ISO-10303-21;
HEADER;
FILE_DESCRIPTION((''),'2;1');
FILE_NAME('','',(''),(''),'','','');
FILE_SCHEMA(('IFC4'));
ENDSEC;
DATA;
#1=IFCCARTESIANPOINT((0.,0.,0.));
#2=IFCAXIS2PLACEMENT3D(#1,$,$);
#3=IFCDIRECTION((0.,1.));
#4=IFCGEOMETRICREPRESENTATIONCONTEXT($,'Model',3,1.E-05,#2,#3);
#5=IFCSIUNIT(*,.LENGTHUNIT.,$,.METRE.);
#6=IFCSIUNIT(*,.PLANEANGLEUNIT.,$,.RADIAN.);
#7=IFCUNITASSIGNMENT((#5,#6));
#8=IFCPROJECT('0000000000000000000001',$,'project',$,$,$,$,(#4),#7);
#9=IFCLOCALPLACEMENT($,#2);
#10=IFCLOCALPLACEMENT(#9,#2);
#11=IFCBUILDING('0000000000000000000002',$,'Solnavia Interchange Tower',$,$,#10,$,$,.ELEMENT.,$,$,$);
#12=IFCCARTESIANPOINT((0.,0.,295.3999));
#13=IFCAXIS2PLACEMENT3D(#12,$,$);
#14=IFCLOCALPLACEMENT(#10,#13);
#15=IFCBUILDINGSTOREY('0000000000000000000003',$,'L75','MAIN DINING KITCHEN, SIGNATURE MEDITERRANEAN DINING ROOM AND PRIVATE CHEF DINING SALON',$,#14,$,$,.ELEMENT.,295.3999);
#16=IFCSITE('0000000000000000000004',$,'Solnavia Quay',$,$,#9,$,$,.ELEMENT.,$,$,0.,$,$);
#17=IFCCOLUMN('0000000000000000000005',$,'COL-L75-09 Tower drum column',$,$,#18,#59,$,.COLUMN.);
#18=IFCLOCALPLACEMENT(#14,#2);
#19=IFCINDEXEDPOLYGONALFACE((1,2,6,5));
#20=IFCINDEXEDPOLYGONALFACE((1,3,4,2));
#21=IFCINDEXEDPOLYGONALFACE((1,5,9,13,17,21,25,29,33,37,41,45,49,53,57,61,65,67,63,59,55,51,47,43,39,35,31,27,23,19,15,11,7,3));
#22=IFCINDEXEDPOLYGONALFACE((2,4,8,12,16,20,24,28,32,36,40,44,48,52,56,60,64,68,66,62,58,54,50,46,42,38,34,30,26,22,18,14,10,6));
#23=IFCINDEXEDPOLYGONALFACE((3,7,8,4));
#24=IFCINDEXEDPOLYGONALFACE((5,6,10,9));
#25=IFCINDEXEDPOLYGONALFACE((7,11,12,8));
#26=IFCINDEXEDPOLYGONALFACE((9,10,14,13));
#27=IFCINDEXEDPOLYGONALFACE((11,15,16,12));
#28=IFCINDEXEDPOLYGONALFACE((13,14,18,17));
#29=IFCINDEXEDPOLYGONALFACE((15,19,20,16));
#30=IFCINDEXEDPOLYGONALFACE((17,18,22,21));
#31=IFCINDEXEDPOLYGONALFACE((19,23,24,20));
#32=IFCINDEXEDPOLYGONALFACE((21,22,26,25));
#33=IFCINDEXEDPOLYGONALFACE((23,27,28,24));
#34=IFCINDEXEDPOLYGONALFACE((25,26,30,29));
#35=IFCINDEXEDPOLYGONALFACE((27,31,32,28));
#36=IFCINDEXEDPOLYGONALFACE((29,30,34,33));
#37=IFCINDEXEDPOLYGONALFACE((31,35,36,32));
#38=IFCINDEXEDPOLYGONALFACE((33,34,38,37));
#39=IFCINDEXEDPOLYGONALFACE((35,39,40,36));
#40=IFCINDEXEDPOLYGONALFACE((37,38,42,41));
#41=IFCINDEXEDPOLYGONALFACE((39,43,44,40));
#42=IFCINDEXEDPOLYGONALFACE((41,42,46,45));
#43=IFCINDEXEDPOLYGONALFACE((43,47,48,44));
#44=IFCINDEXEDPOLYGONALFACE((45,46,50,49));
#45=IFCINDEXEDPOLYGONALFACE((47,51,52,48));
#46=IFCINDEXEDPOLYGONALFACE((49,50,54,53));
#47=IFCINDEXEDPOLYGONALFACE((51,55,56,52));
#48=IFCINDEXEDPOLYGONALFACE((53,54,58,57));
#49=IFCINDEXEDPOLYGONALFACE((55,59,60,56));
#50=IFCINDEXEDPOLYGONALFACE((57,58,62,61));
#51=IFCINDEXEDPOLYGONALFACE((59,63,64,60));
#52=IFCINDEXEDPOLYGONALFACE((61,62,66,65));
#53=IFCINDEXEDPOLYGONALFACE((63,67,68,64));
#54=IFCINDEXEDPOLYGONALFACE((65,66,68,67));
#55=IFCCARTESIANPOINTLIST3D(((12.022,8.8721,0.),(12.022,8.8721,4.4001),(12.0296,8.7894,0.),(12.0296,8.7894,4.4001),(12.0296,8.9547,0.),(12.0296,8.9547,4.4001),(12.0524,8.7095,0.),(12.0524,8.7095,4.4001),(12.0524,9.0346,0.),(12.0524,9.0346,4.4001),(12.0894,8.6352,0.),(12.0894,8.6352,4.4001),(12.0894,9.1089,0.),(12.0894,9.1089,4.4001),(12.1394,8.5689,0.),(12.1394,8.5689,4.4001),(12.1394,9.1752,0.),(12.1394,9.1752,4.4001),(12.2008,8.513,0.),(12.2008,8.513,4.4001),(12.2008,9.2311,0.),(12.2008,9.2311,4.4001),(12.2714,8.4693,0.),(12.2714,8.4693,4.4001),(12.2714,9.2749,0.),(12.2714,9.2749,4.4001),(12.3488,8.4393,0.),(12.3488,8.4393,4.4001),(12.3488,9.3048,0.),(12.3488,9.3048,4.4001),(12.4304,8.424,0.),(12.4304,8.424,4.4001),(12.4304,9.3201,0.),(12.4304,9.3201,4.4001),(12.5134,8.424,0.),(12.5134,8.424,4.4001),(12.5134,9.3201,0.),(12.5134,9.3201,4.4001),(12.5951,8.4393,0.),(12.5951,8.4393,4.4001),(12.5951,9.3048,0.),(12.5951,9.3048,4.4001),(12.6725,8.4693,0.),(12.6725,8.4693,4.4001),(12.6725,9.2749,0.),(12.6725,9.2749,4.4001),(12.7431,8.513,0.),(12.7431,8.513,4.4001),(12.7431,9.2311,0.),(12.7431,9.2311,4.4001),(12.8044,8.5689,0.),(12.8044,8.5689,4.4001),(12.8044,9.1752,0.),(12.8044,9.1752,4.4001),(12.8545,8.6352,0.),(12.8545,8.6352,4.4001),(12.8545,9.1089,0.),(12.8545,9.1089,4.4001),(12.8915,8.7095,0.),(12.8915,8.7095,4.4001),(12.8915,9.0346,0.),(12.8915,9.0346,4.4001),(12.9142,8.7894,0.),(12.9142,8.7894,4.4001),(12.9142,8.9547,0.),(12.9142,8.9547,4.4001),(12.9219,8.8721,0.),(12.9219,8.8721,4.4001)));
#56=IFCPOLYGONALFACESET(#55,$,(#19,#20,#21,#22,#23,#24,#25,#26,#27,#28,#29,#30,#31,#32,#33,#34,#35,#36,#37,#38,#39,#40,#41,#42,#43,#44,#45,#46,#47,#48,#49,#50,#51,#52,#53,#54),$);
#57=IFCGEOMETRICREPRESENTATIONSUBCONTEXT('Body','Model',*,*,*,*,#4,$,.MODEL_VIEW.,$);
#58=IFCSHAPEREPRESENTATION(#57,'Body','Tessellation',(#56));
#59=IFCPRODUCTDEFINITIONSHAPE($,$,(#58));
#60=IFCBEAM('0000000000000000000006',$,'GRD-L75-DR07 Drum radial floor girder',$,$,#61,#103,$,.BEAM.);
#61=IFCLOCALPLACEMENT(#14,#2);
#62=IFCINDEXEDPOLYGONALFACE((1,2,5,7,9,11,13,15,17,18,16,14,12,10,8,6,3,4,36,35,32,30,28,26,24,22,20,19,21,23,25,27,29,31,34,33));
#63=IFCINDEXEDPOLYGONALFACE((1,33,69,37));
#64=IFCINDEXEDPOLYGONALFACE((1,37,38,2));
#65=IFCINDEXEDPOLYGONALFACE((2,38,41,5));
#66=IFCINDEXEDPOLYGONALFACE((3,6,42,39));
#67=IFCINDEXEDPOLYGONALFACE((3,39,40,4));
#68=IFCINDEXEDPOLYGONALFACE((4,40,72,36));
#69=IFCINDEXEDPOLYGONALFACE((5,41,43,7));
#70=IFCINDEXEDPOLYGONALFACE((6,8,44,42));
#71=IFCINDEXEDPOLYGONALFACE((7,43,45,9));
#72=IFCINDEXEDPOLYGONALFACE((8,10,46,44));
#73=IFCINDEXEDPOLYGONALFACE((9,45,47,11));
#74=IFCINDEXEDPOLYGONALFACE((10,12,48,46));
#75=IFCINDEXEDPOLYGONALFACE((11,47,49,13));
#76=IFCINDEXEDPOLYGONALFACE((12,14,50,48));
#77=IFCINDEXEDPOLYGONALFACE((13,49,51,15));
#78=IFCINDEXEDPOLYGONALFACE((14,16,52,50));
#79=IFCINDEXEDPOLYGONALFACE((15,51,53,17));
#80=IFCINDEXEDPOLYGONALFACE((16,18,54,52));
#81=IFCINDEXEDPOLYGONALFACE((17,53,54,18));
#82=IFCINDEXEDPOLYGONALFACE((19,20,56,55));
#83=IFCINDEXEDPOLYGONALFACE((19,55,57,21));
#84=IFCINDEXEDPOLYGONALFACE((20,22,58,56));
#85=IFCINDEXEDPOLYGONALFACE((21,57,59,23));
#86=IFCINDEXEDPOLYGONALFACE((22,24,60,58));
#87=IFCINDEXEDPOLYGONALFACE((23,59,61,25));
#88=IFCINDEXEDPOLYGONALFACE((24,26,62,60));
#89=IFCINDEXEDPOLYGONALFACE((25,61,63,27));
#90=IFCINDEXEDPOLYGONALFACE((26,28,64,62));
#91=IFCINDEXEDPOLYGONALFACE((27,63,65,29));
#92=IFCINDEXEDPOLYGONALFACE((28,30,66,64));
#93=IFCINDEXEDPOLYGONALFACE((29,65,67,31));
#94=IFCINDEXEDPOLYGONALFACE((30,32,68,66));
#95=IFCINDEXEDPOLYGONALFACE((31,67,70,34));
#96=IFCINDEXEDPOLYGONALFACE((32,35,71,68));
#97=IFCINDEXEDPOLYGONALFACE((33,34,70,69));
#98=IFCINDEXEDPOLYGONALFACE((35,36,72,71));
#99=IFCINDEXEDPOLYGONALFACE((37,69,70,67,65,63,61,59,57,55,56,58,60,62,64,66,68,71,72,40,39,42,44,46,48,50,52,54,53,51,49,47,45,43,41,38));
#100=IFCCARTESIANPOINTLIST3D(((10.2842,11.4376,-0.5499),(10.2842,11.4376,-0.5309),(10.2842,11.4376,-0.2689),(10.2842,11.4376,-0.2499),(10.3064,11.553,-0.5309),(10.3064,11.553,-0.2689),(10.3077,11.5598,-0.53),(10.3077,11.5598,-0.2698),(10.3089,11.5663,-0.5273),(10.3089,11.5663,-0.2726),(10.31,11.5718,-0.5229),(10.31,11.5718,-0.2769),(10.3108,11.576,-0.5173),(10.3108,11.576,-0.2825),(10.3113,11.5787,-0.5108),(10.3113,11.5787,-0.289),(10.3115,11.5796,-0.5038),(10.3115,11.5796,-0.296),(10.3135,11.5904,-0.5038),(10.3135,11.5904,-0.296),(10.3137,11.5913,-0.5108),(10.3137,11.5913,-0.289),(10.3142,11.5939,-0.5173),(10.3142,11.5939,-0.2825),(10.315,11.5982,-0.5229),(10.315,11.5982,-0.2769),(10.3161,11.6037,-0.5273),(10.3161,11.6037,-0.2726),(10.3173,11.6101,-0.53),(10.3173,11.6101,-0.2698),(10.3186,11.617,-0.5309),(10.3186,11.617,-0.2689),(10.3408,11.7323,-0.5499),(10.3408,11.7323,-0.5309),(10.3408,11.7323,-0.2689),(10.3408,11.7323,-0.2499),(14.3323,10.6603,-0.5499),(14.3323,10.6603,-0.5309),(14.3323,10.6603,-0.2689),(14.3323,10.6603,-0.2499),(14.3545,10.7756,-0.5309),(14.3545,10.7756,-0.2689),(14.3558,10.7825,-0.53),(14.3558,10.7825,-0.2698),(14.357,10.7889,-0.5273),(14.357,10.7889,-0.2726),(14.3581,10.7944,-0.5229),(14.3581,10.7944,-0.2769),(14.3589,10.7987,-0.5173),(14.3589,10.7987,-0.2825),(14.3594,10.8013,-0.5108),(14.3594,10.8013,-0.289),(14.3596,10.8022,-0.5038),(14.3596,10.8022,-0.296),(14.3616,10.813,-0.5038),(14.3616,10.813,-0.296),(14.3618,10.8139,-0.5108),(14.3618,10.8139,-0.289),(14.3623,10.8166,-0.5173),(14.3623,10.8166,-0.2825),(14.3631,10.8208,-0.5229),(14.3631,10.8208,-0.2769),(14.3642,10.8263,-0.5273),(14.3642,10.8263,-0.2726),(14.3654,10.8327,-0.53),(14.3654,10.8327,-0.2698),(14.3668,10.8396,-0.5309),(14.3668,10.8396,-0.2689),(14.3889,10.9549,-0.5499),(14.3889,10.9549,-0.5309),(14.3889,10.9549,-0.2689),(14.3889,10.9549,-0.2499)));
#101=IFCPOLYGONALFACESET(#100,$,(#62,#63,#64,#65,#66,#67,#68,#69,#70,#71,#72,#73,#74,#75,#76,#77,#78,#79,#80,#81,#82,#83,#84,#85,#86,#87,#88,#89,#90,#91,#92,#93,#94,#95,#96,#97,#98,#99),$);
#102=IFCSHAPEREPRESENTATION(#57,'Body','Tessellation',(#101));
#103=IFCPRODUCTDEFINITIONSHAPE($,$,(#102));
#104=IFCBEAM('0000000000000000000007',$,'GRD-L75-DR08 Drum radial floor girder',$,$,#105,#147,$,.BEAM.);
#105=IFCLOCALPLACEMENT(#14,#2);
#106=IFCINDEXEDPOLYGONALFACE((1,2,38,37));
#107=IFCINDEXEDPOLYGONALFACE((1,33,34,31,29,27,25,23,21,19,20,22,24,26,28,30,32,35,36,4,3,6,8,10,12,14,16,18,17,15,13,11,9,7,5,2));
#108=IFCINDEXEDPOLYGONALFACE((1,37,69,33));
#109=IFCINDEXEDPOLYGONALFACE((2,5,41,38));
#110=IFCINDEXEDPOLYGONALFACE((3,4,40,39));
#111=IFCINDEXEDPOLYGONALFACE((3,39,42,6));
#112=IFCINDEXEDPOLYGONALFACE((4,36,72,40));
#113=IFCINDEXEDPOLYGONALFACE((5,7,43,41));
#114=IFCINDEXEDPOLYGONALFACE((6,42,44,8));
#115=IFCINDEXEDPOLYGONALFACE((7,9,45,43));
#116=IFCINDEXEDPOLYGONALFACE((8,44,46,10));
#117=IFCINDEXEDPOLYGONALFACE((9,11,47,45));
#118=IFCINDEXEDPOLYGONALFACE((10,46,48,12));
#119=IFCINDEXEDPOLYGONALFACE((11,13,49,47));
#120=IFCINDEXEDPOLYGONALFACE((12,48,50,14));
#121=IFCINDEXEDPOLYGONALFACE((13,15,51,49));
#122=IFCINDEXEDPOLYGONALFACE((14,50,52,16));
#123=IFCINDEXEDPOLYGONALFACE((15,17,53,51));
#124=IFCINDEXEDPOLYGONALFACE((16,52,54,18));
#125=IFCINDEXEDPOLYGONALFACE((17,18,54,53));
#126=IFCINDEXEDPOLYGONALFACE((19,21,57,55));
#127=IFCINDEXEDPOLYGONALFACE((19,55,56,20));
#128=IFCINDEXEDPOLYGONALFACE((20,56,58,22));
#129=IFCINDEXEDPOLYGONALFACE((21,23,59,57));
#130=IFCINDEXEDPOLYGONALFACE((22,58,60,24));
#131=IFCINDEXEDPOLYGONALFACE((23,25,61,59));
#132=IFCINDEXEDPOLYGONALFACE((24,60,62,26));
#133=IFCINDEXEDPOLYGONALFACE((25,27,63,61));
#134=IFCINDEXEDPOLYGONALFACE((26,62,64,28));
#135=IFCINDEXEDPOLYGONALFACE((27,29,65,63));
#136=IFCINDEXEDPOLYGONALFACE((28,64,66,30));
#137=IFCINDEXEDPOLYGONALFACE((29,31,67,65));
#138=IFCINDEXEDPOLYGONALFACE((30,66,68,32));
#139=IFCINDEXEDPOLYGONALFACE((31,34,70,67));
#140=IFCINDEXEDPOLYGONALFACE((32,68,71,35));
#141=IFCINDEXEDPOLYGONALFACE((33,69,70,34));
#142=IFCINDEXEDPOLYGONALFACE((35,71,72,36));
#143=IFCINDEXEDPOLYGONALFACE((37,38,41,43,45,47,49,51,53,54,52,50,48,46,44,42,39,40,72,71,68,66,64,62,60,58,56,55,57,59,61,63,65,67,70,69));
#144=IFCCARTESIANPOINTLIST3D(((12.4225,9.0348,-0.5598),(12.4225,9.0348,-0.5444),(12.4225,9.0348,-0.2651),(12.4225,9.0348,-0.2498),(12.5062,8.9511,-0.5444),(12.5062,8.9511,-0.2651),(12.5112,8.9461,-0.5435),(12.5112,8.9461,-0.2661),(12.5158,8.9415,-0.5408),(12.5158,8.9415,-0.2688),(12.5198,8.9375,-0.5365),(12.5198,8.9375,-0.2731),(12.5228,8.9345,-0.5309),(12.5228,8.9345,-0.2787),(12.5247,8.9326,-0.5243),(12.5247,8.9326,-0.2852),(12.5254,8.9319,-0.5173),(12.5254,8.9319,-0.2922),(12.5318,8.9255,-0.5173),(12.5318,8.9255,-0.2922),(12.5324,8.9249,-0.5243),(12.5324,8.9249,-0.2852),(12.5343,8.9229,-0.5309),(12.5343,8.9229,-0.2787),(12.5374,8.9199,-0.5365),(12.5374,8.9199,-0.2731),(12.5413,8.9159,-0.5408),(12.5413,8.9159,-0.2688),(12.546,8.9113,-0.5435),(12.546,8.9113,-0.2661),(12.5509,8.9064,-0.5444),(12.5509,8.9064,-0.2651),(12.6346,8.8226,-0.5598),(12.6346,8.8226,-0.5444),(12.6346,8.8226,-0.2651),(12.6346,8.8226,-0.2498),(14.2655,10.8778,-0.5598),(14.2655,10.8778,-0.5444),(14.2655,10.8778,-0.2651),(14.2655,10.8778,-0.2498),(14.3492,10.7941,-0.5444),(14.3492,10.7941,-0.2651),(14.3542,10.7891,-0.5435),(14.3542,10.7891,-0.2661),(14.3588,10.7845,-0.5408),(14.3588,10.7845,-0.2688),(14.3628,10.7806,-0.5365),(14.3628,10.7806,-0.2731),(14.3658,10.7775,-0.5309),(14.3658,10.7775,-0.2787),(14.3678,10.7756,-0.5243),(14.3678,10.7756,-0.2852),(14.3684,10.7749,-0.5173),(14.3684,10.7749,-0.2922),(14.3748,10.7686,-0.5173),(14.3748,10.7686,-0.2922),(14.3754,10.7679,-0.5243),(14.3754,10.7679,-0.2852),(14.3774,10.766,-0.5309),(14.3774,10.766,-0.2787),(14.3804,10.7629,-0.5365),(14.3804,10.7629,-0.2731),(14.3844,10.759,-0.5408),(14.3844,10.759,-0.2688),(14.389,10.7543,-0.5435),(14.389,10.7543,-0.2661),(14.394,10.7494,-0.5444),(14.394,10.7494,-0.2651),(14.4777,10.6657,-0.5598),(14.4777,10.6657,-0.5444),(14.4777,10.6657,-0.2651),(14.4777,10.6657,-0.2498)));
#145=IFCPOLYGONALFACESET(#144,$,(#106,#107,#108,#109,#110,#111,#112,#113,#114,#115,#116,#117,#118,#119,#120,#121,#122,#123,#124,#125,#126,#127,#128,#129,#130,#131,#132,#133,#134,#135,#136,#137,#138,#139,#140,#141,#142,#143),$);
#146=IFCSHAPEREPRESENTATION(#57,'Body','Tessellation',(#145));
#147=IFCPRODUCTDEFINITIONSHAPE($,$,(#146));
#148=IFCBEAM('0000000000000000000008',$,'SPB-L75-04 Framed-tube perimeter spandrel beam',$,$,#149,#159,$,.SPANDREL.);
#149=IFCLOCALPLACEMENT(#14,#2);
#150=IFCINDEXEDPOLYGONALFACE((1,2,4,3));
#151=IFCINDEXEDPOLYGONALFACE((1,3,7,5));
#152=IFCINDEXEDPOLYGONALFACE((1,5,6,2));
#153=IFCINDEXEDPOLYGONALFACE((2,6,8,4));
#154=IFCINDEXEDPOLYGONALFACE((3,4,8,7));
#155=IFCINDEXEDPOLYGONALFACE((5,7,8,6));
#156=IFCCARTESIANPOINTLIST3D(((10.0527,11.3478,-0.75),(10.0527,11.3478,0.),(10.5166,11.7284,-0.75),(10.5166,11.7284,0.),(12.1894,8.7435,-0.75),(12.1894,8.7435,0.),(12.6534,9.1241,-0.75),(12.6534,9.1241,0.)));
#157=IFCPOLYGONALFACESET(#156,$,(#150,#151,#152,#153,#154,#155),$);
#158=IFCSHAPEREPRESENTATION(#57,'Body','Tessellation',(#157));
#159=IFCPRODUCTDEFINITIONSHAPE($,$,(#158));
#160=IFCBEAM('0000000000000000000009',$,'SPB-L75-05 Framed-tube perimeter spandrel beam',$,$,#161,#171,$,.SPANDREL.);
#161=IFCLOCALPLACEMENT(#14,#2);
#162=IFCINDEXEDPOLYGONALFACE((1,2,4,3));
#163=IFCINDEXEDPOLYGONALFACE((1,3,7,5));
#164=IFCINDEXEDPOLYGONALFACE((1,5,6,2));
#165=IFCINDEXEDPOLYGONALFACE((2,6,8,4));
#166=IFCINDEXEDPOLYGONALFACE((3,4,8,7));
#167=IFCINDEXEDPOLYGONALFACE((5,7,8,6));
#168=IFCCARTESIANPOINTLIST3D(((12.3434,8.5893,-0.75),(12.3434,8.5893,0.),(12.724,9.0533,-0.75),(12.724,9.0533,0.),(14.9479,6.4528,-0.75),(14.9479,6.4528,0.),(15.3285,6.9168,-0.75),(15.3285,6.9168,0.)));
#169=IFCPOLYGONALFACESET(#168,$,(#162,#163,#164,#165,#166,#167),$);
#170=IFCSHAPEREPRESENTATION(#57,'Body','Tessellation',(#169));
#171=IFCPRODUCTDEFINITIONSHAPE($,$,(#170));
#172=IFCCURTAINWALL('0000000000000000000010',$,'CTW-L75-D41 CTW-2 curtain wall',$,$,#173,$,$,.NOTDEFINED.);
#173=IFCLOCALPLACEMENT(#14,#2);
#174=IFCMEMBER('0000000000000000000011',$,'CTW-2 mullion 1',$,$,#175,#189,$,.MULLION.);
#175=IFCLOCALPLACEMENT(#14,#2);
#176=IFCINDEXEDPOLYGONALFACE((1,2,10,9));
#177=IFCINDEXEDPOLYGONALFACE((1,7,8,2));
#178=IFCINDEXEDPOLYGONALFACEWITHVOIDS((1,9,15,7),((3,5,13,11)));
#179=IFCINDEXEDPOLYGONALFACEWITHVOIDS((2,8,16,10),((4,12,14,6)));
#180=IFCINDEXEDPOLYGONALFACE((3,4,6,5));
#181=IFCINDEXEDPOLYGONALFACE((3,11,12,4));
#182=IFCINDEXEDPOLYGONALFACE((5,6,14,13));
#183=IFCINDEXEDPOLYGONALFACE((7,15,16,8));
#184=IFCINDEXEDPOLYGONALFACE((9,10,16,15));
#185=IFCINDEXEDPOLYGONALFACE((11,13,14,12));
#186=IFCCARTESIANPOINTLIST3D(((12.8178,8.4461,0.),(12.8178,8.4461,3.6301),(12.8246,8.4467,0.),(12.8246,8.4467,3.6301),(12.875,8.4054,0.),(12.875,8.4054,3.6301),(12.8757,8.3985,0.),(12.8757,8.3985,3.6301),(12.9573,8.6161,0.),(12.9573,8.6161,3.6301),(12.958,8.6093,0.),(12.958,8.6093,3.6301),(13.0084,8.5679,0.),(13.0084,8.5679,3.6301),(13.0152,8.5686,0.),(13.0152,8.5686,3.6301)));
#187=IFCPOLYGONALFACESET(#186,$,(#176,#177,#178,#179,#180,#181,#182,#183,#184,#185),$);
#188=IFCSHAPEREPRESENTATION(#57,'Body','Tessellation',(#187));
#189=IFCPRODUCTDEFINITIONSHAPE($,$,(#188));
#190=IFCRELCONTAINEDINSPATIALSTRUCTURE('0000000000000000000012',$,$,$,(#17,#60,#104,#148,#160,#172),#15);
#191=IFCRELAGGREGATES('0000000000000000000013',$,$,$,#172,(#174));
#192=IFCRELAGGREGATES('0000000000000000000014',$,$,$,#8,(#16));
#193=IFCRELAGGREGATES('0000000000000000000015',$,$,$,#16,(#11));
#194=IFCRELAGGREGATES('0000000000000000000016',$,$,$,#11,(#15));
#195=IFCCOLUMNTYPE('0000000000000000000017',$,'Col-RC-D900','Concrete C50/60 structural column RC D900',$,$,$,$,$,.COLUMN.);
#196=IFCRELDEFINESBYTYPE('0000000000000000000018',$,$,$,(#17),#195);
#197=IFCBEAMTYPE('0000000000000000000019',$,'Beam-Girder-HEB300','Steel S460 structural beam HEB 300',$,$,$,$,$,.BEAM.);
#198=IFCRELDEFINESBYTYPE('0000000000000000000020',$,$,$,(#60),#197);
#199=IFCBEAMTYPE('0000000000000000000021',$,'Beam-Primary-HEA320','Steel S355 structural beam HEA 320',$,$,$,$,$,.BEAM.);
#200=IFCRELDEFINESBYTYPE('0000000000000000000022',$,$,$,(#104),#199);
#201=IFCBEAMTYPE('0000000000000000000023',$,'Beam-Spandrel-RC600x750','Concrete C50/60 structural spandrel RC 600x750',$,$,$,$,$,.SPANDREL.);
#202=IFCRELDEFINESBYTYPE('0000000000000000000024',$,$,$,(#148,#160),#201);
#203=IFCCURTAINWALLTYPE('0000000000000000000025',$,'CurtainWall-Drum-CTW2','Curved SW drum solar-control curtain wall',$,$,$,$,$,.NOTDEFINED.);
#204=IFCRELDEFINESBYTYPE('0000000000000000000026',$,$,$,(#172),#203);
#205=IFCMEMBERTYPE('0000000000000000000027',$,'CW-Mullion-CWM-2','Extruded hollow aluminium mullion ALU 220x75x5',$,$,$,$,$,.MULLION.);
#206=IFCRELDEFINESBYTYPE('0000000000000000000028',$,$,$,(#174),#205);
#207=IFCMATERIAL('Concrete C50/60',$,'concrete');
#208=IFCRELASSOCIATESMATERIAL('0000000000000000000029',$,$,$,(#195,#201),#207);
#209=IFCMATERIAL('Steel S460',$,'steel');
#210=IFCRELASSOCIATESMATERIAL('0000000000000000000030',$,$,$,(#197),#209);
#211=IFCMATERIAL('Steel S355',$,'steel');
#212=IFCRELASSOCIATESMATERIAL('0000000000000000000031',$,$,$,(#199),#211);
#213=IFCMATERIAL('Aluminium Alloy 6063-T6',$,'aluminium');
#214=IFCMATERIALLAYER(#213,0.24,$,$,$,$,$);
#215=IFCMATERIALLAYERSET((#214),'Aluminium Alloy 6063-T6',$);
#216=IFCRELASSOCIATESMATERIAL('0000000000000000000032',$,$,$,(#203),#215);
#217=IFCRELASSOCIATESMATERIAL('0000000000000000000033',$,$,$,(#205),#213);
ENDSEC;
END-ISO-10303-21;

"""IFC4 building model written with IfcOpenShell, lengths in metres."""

from ifc_helpers import new_model, si_unit, direction, frame, origin, origin_2d, place, context, subcontext, project, spatial, rectangle, hollow_rectangle, circle, i_section, extrude, material, layer, layer_set, material_profile, profile_set, type_object, element, aggregate, save


model = new_model("IFC4")

# Units and contexts
model_context = context("Model", 3, precision=1e-05, world=origin(), true_north=direction((0.0, 1.0)))
body_context = subcontext(model_context, "Body", "Model", "MODEL_VIEW")
ifc_project = project(units=[si_unit("LENGTHUNIT", "METRE"), si_unit("PLANEANGLEUNIT", "RADIAN")], contexts=[model_context])

# Site, building, storey
site_placement = place(None, origin())
site = spatial("IfcSite", under=ifc_project, at=site_placement, Name="Solnavia Quay", CompositionType="ELEMENT", RefElevation=0.0)
building_placement = place(site_placement, origin())
building = spatial("IfcBuilding", under=site, at=building_placement, Name="Solnavia Interchange Tower", CompositionType="ELEMENT")
storey_placement = place(building_placement, frame((0.0, 0.0, 295.3999)))
storey = spatial("IfcBuildingStorey", under=building, at=storey_placement, Name="L75", Description="MAIN DINING KITCHEN, SIGNATURE MEDITERRANEAN DINING ROOM AND PRIVATE CHEF DINING SALON", CompositionType="ELEMENT", Elevation=295.3999)

# Column
ifc_material_1 = material(Name="Concrete C50/60", Category="concrete")
ifc_material_profile_1 = material_profile(ifc_material_1, circle(Radius=0.45, at=origin_2d()), Name="RC D900")
ifc_profile_set_1 = profile_set([ifc_material_profile_1], Name="Concrete C50/60")
column_type = type_object("IfcColumnType", Name="Col-RC-D900", Description="Concrete C50/60 structural column RC D900", PredefinedType="COLUMN", material=ifc_profile_set_1)
column_placement = place(storey_placement, frame((12.4719, 8.8721, 0.0), z_axis=(0.0, 0.0, 1.0), x_axis=(1.0, 0.0, 0.0)))
element("IfcColumn", 1, at=column_placement, inside=storey, type_object=column_type, Name="COL-L75-09 Tower drum column", PredefinedType="COLUMN", context=body_context, shape_type="SweptSolid", body=[
    extrude(circle(Radius=0.45, at=origin_2d()), origin(), (0.0, 0.0, 1.0), 4.4001),
])

# Beams
ifc_material_2 = material(Name="Steel S460", Category="steel")
ifc_material_profile_2 = material_profile(ifc_material_2, i_section(OverallWidth=0.3, OverallDepth=0.3, WebThickness=0.011, FlangeThickness=0.019, FilletRadius=0.0271, at=origin_2d()), Name="HEB 300")
ifc_profile_set_2 = profile_set([ifc_material_profile_2], Name="Steel S460")
beam_type_1 = type_object("IfcBeamType", Name="Beam-Girder-HEB300", Description="Steel S460 structural beam HEB 300", PredefinedType="BEAM", material=ifc_profile_set_2)
beam_1_placement = place(storey_placement, frame((10.3125, 11.585, -0.3999), z_axis=(0.982058, -0.188582, 0.0), x_axis=(0.188582, 0.982058, 0.0)))
element("IfcBeam", 2, at=beam_1_placement, inside=storey, type_object=beam_type_1, Name="GRD-L75-DR07 Drum radial floor girder", PredefinedType="BEAM", context=body_context, shape_type="SweptSolid", body=[
    extrude(i_section(OverallWidth=0.3, OverallDepth=0.3, WebThickness=0.011, FlangeThickness=0.019, FilletRadius=0.0271, at=origin_2d()), origin(), (0.0, 0.0, 1.0), 4.1221),
])
ifc_material_3 = material(Name="Steel S355", Category="steel")
ifc_material_profile_3 = material_profile(ifc_material_3, i_section(OverallWidth=0.3, OverallDepth=0.3101, WebThickness=0.009, FlangeThickness=0.0154, FilletRadius=0.0271, at=origin_2d()), Name="HEA 320")
ifc_profile_set_3 = profile_set([ifc_material_profile_3], Name="Steel S355")
beam_type_2 = type_object("IfcBeamType", Name="Beam-Primary-HEA320", Description="Steel S355 structural beam HEA 320", PredefinedType="BEAM", material=ifc_profile_set_3)
beam_2_placement = place(storey_placement, frame((12.5286, 8.9287, -0.4048), z_axis=(0.707107, 0.707107, 0.0), x_axis=(-0.707107, 0.707107, 0.0)))
element("IfcBeam", 3, at=beam_2_placement, inside=storey, type_object=beam_type_2, Name="GRD-L75-DR08 Drum radial floor girder", PredefinedType="BEAM", context=body_context, shape_type="SweptSolid", body=[
    extrude(i_section(OverallWidth=0.3, OverallDepth=0.3101, WebThickness=0.009, FlangeThickness=0.0154, FilletRadius=0.0271, at=origin_2d()), origin(), (0.0, 0.0, 1.0), 2.6064),
])
ifc_material_profile_4 = material_profile(ifc_material_1, rectangle(XDim=0.6001, YDim=0.75, at=origin_2d()), Name="RC 600x750")
ifc_profile_set_4 = profile_set([ifc_material_profile_4], Name="Concrete C50/60")
beam_type_3 = type_object("IfcBeamType", Name="Beam-Spandrel-RC600x750", Description="Concrete C50/60 structural spandrel RC 600x750", PredefinedType="SPANDREL", material=ifc_profile_set_4)
for number, where, z_axis, x_axis, name in (
    (4, (10.2847, 11.5381, -0.375), (0.634299, -0.773088, 0.0), (0.773088, 0.634299, 0.0), "SPB-L75-04 Framed-tube perimeter spandrel beam"),
    (5, (12.5337, 8.8213, -0.375), (0.773153, -0.63422, 0.0), (0.63422, 0.773153, 0.0), "SPB-L75-05 Framed-tube perimeter spandrel beam"),
):
    element("IfcBeam", number, at=place(storey_placement, frame(where, z_axis=z_axis, x_axis=x_axis)), inside=storey, type_object=beam_type_3, Name=name, PredefinedType="SPANDREL", context=body_context, shape_type="SweptSolid", body=[
        extrude(rectangle(XDim=0.6001, YDim=0.75, at=origin_2d()), origin(), (0.0, 0.0, 1.0), 3.3687),
    ])

# Curtain wall, member
ifc_material_4 = material(Name="Aluminium Alloy 6063-T6", Category="aluminium")
ifc_layer_1 = layer(ifc_material_4, 0.24)
ifc_layer_set_1 = layer_set([ifc_layer_1], Name="Aluminium Alloy 6063-T6")
curtain_wall_type_1 = type_object("IfcCurtainWallType", Name="CurtainWall-Drum-CTW2", Description="Curved SW drum solar-control curtain wall", PredefinedType="NOTDEFINED", material=ifc_layer_set_1)
curtain_wall_1_placement = place(storey_placement, origin())
curtain_wall_1 = element("IfcCurtainWall", 6, at=curtain_wall_1_placement, inside=storey, type_object=curtain_wall_type_1, Name="CTW-L75-D41 CTW-2 curtain wall", PredefinedType="NOTDEFINED")
ifc_material_profile_5 = material_profile(ifc_material_4, hollow_rectangle(XDim=0.075, YDim=0.22, WallThickness=0.0049, at=origin_2d()), Name="ALU 220x75x5")
ifc_profile_set_5 = profile_set([ifc_material_profile_5], Name="Aluminium Alloy 6063-T6")
member_type_1 = type_object("IfcMemberType", Name="CW-Mullion-CWM-2", Description="Extruded hollow aluminium mullion ALU 220x75x5", PredefinedType="MULLION", material=ifc_profile_set_5)
member_1_placement = place(storey_placement, frame((12.9165, 8.5073, 0.0), z_axis=(0.0, 0.0, 1.0), x_axis=(0.773103, -0.63428, 0.0)))
member_1 = element("IfcMember", 7, at=member_1_placement, type_object=member_type_1, Name="CTW-2 mullion 1", PredefinedType="MULLION", context=body_context, shape_type="SweptSolid", body=[
    extrude(hollow_rectangle(XDim=0.075, YDim=0.22, WallThickness=0.0049, at=origin_2d()), origin(), (0.0, 0.0, 1.0), 3.6301),
])

aggregate(curtain_wall_1, [member_1])

save(model, "model.ifc")
